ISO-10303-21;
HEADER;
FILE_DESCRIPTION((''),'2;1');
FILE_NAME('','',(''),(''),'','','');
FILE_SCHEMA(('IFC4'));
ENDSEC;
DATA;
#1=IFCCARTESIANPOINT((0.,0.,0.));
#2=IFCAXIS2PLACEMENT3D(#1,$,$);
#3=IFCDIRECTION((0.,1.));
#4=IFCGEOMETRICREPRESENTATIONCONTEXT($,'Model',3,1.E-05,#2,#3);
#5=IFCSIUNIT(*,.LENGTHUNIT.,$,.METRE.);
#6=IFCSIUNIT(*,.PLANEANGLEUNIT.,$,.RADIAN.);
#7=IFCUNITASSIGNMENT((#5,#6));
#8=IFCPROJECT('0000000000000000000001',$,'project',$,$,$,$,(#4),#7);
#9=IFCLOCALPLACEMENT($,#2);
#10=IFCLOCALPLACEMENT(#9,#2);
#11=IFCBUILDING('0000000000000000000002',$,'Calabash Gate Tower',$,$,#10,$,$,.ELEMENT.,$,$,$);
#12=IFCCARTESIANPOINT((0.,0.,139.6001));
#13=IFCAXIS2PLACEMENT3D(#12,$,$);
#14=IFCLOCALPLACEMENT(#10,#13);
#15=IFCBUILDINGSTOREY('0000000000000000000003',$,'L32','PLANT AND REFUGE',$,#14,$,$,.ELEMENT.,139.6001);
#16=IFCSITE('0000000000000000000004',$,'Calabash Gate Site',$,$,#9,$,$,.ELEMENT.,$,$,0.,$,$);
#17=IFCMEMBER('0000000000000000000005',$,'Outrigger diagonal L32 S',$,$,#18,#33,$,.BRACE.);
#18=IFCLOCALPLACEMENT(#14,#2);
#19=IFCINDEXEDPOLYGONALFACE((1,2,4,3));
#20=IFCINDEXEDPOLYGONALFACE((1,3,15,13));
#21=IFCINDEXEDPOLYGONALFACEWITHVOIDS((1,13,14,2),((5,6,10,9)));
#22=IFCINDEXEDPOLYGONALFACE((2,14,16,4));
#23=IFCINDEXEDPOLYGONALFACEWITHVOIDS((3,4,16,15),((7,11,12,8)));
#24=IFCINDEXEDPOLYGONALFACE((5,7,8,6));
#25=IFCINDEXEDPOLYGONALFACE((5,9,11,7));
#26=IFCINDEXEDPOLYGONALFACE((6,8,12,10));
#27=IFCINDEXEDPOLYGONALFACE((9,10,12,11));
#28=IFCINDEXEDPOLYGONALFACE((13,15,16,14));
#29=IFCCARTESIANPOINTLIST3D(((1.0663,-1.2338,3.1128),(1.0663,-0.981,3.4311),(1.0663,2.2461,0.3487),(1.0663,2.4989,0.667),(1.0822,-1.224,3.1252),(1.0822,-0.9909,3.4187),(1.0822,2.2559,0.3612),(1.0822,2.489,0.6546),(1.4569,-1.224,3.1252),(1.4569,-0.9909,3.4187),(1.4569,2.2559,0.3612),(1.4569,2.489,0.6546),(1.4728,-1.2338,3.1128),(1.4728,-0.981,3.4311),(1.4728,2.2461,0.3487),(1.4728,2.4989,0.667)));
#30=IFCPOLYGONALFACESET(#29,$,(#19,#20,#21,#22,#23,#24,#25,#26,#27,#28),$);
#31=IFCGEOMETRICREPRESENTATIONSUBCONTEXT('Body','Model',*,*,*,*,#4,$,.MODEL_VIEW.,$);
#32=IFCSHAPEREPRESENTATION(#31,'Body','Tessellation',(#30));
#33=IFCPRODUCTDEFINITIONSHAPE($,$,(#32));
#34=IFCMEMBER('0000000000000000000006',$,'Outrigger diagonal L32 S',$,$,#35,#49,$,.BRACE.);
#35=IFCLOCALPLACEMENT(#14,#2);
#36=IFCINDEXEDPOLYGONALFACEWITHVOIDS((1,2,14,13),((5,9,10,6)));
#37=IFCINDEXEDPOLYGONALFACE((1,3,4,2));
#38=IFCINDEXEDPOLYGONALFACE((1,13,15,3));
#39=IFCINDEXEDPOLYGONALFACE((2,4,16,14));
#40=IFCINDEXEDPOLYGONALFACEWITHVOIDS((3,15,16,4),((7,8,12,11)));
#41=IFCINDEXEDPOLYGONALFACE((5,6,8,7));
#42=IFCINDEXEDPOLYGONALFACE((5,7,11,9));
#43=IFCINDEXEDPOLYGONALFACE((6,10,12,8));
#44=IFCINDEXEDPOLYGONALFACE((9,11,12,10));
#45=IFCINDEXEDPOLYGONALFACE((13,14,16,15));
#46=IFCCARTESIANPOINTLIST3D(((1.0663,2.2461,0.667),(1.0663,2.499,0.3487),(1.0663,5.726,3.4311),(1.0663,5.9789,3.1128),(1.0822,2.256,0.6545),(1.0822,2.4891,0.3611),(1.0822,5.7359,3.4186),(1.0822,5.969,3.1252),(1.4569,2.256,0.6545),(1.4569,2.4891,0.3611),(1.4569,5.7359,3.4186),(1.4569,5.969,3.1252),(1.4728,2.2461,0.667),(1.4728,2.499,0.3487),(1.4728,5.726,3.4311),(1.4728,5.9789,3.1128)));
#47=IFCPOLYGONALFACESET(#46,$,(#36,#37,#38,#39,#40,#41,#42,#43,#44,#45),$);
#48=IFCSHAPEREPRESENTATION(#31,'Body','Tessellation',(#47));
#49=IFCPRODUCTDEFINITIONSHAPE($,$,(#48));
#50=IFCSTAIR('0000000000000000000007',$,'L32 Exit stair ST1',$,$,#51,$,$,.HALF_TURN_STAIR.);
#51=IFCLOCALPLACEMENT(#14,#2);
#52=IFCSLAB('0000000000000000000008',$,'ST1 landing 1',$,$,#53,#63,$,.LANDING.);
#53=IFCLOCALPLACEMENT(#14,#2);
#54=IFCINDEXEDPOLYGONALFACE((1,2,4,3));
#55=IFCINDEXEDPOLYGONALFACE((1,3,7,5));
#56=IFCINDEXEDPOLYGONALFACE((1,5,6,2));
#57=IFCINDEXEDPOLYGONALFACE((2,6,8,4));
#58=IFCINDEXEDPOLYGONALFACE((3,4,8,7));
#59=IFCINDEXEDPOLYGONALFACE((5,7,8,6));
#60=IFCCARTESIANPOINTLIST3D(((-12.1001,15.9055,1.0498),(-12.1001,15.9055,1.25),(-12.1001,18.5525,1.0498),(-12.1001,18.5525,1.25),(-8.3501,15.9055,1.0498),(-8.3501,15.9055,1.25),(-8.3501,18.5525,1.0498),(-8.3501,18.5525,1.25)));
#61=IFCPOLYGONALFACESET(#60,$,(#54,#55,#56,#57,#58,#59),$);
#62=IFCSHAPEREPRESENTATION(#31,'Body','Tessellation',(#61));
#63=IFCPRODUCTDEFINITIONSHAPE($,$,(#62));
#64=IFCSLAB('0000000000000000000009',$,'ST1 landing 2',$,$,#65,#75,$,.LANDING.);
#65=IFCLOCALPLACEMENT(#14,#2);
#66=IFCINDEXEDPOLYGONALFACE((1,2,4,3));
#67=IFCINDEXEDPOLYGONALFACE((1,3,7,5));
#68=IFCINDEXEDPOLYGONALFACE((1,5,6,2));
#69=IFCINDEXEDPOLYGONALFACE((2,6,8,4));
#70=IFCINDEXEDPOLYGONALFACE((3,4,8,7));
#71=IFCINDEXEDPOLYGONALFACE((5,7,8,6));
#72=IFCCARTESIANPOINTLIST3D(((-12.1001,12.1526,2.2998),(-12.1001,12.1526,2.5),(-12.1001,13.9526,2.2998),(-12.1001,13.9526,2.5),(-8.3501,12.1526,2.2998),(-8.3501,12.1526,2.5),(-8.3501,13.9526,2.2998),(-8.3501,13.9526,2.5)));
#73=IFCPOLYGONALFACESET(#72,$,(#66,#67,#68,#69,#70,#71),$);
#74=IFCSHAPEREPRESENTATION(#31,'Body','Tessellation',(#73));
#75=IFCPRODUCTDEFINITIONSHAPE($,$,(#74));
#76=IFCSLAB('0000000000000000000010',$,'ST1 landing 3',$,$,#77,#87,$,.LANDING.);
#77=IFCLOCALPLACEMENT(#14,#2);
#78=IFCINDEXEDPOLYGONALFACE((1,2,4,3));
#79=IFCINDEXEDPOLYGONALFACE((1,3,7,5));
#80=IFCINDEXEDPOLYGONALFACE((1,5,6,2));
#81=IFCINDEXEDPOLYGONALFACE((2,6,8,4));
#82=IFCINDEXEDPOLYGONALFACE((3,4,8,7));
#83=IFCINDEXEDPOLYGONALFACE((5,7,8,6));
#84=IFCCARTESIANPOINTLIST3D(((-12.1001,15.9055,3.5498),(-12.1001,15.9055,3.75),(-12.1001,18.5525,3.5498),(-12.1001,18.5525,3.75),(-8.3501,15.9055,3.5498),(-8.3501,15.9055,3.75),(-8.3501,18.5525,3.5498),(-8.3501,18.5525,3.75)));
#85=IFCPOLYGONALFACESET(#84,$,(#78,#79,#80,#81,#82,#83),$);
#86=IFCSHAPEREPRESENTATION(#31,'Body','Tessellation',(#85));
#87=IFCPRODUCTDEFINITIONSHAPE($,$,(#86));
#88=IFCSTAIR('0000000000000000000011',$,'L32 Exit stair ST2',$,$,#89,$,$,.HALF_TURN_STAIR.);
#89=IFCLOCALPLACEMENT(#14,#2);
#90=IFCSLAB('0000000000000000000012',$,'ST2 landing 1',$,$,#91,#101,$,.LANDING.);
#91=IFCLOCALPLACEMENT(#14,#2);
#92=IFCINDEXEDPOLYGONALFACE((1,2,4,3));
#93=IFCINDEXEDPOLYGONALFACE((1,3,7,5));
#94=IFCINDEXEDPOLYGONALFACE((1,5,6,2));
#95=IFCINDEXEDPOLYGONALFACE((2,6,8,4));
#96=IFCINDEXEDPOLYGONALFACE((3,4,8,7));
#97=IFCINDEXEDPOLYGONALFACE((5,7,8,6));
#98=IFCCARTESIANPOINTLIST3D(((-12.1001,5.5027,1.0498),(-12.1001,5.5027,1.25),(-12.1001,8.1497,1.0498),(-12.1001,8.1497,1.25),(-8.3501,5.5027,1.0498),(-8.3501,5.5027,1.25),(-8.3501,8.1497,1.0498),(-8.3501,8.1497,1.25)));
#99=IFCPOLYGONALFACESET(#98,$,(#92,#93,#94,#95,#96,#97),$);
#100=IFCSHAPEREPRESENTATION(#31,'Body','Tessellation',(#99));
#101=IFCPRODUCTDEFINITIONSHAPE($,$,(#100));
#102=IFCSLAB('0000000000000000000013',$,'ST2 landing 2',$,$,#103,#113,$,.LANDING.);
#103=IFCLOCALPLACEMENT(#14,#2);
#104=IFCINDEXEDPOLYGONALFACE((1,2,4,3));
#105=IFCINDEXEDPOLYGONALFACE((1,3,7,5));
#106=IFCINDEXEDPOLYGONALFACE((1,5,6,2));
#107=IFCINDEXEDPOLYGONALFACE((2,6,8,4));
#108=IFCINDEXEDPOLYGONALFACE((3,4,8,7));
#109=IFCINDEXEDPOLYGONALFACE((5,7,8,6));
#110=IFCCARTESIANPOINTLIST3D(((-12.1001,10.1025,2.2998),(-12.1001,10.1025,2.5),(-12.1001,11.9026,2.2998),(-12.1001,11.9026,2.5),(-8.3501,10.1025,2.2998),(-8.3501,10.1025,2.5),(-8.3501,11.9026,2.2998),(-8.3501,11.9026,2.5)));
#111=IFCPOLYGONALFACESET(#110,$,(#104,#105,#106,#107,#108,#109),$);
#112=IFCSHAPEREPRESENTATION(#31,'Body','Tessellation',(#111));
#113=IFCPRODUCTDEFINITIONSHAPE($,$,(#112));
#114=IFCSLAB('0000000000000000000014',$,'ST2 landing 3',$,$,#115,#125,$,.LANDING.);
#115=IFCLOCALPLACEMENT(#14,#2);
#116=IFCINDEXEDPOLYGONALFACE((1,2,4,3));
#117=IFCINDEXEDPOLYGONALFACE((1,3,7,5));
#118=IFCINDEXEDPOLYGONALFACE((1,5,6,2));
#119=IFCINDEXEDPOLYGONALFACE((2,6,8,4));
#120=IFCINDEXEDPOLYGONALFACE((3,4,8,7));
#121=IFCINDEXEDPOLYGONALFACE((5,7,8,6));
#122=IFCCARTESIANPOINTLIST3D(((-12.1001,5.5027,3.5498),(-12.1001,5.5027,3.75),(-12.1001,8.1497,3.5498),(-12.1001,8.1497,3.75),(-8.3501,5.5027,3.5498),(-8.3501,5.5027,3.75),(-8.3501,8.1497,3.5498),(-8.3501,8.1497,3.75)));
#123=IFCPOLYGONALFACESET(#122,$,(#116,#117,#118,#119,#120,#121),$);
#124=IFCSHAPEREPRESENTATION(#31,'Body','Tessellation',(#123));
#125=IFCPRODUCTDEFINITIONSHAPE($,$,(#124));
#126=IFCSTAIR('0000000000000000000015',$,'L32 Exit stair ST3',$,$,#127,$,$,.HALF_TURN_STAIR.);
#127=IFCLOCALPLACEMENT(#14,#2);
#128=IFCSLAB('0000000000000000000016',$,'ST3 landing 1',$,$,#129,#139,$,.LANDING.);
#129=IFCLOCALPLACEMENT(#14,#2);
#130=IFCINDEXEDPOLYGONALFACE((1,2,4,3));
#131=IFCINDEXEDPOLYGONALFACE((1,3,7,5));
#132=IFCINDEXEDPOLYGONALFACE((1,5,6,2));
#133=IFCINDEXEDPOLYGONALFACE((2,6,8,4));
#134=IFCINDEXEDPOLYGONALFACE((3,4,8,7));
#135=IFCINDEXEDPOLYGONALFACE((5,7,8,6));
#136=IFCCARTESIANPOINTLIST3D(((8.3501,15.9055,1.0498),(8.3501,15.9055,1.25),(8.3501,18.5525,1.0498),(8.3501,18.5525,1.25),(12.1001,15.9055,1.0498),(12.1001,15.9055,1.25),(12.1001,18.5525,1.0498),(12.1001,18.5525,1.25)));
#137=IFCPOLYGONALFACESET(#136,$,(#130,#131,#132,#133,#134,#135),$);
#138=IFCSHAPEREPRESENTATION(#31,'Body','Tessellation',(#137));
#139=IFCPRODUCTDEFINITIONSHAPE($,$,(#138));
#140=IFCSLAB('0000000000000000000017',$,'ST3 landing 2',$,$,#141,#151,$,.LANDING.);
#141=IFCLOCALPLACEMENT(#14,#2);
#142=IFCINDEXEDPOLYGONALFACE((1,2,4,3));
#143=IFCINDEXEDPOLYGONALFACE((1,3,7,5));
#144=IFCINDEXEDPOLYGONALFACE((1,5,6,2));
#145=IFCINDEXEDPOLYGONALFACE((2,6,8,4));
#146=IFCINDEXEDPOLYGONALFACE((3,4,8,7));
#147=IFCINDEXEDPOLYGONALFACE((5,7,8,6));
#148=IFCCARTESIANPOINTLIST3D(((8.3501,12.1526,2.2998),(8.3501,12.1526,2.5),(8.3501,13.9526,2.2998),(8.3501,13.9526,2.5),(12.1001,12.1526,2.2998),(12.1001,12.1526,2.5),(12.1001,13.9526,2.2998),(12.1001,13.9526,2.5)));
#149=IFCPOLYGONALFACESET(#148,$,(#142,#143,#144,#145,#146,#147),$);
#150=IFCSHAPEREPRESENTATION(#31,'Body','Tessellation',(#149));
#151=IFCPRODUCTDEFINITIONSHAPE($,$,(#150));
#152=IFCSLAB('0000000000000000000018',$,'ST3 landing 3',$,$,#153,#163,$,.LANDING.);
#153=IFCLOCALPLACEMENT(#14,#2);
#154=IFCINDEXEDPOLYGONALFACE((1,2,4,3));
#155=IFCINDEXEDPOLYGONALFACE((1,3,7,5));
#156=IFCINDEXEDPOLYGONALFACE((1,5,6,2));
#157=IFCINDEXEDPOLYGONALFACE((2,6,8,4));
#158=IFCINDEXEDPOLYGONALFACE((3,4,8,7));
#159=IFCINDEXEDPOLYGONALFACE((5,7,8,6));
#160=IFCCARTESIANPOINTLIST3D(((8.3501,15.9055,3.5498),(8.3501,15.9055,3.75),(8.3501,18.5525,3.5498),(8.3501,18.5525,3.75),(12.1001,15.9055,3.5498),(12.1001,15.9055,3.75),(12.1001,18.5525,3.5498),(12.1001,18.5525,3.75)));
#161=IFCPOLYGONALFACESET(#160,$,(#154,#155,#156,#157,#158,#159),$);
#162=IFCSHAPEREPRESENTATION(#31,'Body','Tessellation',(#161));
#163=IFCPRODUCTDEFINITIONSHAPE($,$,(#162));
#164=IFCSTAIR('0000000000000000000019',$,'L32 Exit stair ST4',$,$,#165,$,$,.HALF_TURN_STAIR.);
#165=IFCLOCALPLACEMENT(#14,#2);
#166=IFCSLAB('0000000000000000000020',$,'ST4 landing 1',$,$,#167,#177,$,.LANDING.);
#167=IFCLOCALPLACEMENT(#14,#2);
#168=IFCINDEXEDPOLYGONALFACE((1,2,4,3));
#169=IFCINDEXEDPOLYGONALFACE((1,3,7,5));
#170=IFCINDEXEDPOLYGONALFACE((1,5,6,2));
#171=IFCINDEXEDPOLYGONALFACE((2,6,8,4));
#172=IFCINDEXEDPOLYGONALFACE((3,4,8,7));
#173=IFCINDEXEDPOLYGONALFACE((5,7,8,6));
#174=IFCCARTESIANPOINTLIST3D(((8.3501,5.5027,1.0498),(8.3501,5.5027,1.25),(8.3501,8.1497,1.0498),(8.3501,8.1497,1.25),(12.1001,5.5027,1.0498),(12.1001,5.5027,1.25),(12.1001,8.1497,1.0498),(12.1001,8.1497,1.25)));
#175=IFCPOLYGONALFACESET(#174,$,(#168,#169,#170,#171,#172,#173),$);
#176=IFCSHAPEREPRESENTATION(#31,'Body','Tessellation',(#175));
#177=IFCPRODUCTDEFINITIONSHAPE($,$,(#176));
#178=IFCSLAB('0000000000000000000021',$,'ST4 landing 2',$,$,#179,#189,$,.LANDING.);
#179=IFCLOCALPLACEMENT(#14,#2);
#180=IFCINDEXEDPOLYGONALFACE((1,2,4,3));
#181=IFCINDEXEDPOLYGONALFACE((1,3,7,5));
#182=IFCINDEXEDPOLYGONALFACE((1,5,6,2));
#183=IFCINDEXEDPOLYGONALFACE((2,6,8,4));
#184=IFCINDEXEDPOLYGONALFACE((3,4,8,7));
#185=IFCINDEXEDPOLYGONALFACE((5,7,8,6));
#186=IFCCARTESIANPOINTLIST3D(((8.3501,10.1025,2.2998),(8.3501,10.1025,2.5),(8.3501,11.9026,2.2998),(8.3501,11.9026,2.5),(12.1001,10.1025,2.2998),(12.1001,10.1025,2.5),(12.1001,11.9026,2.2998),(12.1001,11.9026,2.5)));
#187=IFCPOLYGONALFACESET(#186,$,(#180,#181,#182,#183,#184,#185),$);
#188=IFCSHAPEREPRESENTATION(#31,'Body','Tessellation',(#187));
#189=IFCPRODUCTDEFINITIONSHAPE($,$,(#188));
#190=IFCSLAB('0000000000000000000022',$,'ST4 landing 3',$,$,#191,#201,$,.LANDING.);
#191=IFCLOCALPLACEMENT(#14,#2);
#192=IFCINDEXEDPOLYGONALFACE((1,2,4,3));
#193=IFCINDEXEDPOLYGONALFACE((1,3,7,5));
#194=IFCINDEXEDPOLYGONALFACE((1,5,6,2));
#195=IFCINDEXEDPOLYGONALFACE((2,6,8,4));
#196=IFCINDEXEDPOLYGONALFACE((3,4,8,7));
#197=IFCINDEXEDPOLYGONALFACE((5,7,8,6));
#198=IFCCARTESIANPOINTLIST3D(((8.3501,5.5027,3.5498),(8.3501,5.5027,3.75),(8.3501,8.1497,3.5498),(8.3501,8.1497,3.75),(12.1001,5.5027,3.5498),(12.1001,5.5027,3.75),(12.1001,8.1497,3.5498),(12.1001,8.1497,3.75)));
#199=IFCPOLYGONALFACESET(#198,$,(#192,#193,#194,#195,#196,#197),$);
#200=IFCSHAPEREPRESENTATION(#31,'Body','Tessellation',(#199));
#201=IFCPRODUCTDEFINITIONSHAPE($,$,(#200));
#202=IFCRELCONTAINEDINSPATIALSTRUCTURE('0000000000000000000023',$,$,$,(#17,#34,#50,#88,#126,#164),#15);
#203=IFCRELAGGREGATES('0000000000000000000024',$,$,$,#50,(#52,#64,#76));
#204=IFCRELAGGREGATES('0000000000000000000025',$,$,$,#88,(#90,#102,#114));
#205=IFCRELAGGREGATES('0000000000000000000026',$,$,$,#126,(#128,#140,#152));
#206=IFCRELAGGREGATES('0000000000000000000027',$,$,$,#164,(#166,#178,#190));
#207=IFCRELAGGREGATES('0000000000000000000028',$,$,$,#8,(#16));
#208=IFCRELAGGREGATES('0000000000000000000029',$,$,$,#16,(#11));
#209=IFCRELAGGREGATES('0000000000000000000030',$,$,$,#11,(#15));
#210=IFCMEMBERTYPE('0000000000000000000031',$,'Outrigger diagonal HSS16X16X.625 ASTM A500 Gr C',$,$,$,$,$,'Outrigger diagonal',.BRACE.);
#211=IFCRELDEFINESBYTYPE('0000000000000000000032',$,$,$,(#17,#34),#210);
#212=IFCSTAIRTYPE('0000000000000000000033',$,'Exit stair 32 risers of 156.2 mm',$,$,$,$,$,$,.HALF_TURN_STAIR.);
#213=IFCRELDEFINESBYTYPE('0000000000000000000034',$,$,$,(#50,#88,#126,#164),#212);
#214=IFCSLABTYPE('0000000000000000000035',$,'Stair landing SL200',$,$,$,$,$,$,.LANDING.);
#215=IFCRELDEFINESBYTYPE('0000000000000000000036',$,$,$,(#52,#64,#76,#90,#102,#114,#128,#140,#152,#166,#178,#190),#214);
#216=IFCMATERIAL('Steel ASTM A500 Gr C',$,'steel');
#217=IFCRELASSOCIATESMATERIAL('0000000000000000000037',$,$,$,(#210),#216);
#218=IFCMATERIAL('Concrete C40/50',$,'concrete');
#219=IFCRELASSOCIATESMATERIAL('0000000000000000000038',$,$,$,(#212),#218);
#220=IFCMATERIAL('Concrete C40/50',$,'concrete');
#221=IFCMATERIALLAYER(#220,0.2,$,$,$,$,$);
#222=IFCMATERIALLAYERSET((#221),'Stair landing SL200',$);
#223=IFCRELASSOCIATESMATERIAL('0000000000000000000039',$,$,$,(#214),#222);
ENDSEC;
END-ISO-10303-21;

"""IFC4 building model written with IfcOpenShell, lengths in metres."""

from ifc_helpers import new_model, si_unit, direction, frame, origin, origin_2d, place, context, subcontext, project, spatial, polyline, hollow_rectangle, outline, extrude, material, layer, layer_set, material_profile, profile_set, type_object, element, aggregate, save


model = new_model("IFC4")

# Units and contexts
model_context = context("Model", 3, precision=1e-05, world=origin(), true_north=direction((0.0, 1.0)))
body_context = subcontext(model_context, "Body", "Model", "MODEL_VIEW")
ifc_project = project(units=[si_unit("LENGTHUNIT", "METRE"), si_unit("PLANEANGLEUNIT", "RADIAN")], contexts=[model_context])

# Site, building, storey
site_placement = place(None, origin())
site = spatial("IfcSite", under=ifc_project, at=site_placement, Name="Calabash Gate Site", CompositionType="ELEMENT", RefElevation=0.0)
building_placement = place(site_placement, origin())
building = spatial("IfcBuilding", under=site, at=building_placement, Name="Calabash Gate Tower", CompositionType="ELEMENT")
storey_placement = place(building_placement, frame((0.0, 0.0, 139.6001)))
storey = spatial("IfcBuildingStorey", under=building, at=storey_placement, Name="L32", Description="PLANT AND REFUGE", CompositionType="ELEMENT", Elevation=139.6001)

# Members
ifc_material_1 = material(Name="Steel ASTM A500 Gr C", Category="steel")
ifc_material_profile = material_profile(ifc_material_1, hollow_rectangle(XDim=0.4065, YDim=0.4065, WallThickness=0.0159, at=origin_2d()))
ifc_profile_set = profile_set([ifc_material_profile], Name="Steel ASTM A500 Gr C")
member_type = type_object("IfcMemberType", Name="Outrigger diagonal HSS16X16X.625 ASTM A500 Gr C", ElementType="Outrigger diagonal", PredefinedType="BRACE", material=ifc_profile_set)
for number, where, z_axis, x_axis, name in (
    (1, (1.2695, -1.1074, 3.272), (0.0, 0.78304, -0.621971), (-1.0, 0.0, 0.0), "Outrigger diagonal L32 S"),
    (2, (1.2695, 2.3726, 0.5078), (0.0, 0.78304, 0.621971), (-1.0, 0.0, 0.0), "Outrigger diagonal L32 S"),
):
    element("IfcMember", number, at=place(storey_placement, frame(where, z_axis=z_axis, x_axis=x_axis)), inside=storey, type_object=member_type, Name=name, PredefinedType="BRACE", context=body_context, shape_type="SweptSolid", body=[
        extrude(hollow_rectangle(XDim=0.4065, YDim=0.4065, WallThickness=0.0159, at=origin_2d()), origin(), (0.0, 0.0, 1.0), 4.4441),
    ])

# Stairs, slabs
ifc_material_2 = material(Name="Concrete C40/50", Category="concrete")
stair_type = type_object("IfcStairType", Name="Exit stair 32 risers of 156.2 mm", PredefinedType="HALF_TURN_STAIR", material=ifc_material_2)
stair_1_placement = place(storey_placement, origin())
stair_1 = element("IfcStair", 3, at=stair_1_placement, inside=storey, type_object=stair_type, Name="L32 Exit stair ST1", PredefinedType="HALF_TURN_STAIR")
ifc_material_3 = material(Name="Concrete C40/50", Category="concrete")
ifc_layer_1 = layer(ifc_material_3, 0.2)
ifc_layer_set_1 = layer_set([ifc_layer_1], Name="Stair landing SL200")
slab_type = type_object("IfcSlabType", Name="Stair landing SL200", PredefinedType="LANDING", material=ifc_layer_set_1)
slab_1_placement = place(storey_placement, frame((0.0, 0.0, 1.0498)))
slab_1 = element("IfcSlab", 4, at=slab_1_placement, type_object=slab_type, Name="ST1 landing 1", PredefinedType="LANDING", context=body_context, shape_type="SweptSolid", body=[
    extrude(outline(polyline([(-8.3501, 15.9055), (-8.3501, 18.5525), (-12.1001, 18.5525), (-12.1001, 15.9055), (-8.3501, 15.9055)])), origin(), (0.0, 0.0, 1.0), 0.2002),
])
slab_2_placement = place(storey_placement, frame((0.0, 0.0, 2.2998)))
slab_2 = element("IfcSlab", 5, at=slab_2_placement, type_object=slab_type, Name="ST1 landing 2", PredefinedType="LANDING", context=body_context, shape_type="SweptSolid", body=[
    extrude(outline(polyline([(-8.3501, 12.1526), (-8.3501, 13.9526), (-12.1001, 13.9526), (-12.1001, 12.1526), (-8.3501, 12.1526)])), origin(), (0.0, 0.0, 1.0), 0.2002),
])
slab_3_placement = place(storey_placement, frame((0.0, 0.0, 3.5498)))
slab_3 = element("IfcSlab", 6, at=slab_3_placement, type_object=slab_type, Name="ST1 landing 3", PredefinedType="LANDING", context=body_context, shape_type="SweptSolid", body=[
    extrude(outline(polyline([(-8.3501, 15.9055), (-8.3501, 18.5525), (-12.1001, 18.5525), (-12.1001, 15.9055), (-8.3501, 15.9055)])), origin(), (0.0, 0.0, 1.0), 0.2002),
])
aggregate(stair_1, [slab_1, slab_2, slab_3])
stair_2_placement = place(storey_placement, origin())
stair_2 = element("IfcStair", 7, at=stair_2_placement, inside=storey, type_object=stair_type, Name="L32 Exit stair ST2", PredefinedType="HALF_TURN_STAIR")
slab_4_placement = place(storey_placement, frame((0.0, 0.0, 1.0498)))
slab_4 = element("IfcSlab", 8, at=slab_4_placement, type_object=slab_type, Name="ST2 landing 1", PredefinedType="LANDING", context=body_context, shape_type="SweptSolid", body=[
    extrude(outline(polyline([(-12.1001, 8.1497), (-12.1001, 5.5027), (-8.3501, 5.5027), (-8.3501, 8.1497), (-12.1001, 8.1497)])), origin(), (0.0, 0.0, 1.0), 0.2002),
])
slab_5_placement = place(storey_placement, frame((0.0, 0.0, 2.2998)))
slab_5 = element("IfcSlab", 9, at=slab_5_placement, type_object=slab_type, Name="ST2 landing 2", PredefinedType="LANDING", context=body_context, shape_type="SweptSolid", body=[
    extrude(outline(polyline([(-12.1001, 11.9026), (-12.1001, 10.1025), (-8.3501, 10.1025), (-8.3501, 11.9026), (-12.1001, 11.9026)])), origin(), (0.0, 0.0, 1.0), 0.2002),
])
slab_6_placement = place(storey_placement, frame((0.0, 0.0, 3.5498)))
slab_6 = element("IfcSlab", 10, at=slab_6_placement, type_object=slab_type, Name="ST2 landing 3", PredefinedType="LANDING", context=body_context, shape_type="SweptSolid", body=[
    extrude(outline(polyline([(-12.1001, 8.1497), (-12.1001, 5.5027), (-8.3501, 5.5027), (-8.3501, 8.1497), (-12.1001, 8.1497)])), origin(), (0.0, 0.0, 1.0), 0.2002),
])
aggregate(stair_2, [slab_4, slab_5, slab_6])
stair_3_placement = place(storey_placement, origin())
stair_3 = element("IfcStair", 11, at=stair_3_placement, inside=storey, type_object=stair_type, Name="L32 Exit stair ST3", PredefinedType="HALF_TURN_STAIR")
slab_7_placement = place(storey_placement, frame((0.0, 0.0, 1.0498)))
slab_7 = element("IfcSlab", 12, at=slab_7_placement, type_object=slab_type, Name="ST3 landing 1", PredefinedType="LANDING", context=body_context, shape_type="SweptSolid", body=[
    extrude(outline(polyline([(12.1001, 15.9055), (12.1001, 18.5525), (8.3501, 18.5525), (8.3501, 15.9055), (12.1001, 15.9055)])), origin(), (0.0, 0.0, 1.0), 0.2002),
])
slab_8_placement = place(storey_placement, frame((0.0, 0.0, 2.2998)))
slab_8 = element("IfcSlab", 13, at=slab_8_placement, type_object=slab_type, Name="ST3 landing 2", PredefinedType="LANDING", context=body_context, shape_type="SweptSolid", body=[
    extrude(outline(polyline([(12.1001, 12.1526), (12.1001, 13.9526), (8.3501, 13.9526), (8.3501, 12.1526), (12.1001, 12.1526)])), origin(), (0.0, 0.0, 1.0), 0.2002),
])
slab_9_placement = place(storey_placement, frame((0.0, 0.0, 3.5498)))
slab_9 = element("IfcSlab", 14, at=slab_9_placement, type_object=slab_type, Name="ST3 landing 3", PredefinedType="LANDING", context=body_context, shape_type="SweptSolid", body=[
    extrude(outline(polyline([(12.1001, 15.9055), (12.1001, 18.5525), (8.3501, 18.5525), (8.3501, 15.9055), (12.1001, 15.9055)])), origin(), (0.0, 0.0, 1.0), 0.2002),
])
aggregate(stair_3, [slab_7, slab_8, slab_9])
stair_4_placement = place(storey_placement, origin())
stair_4 = element("IfcStair", 15, at=stair_4_placement, inside=storey, type_object=stair_type, Name="L32 Exit stair ST4", PredefinedType="HALF_TURN_STAIR")
slab_10_placement = place(storey_placement, frame((0.0, 0.0, 1.0498)))
slab_10 = element("IfcSlab", 16, at=slab_10_placement, type_object=slab_type, Name="ST4 landing 1", PredefinedType="LANDING", context=body_context, shape_type="SweptSolid", body=[
    extrude(outline(polyline([(8.3501, 8.1497), (8.3501, 5.5027), (12.1001, 5.5027), (12.1001, 8.1497), (8.3501, 8.1497)])), origin(), (0.0, 0.0, 1.0), 0.2002),
])
slab_11_placement = place(storey_placement, frame((0.0, 0.0, 2.2998)))
slab_11 = element("IfcSlab", 17, at=slab_11_placement, type_object=slab_type, Name="ST4 landing 2", PredefinedType="LANDING", context=body_context, shape_type="SweptSolid", body=[
    extrude(outline(polyline([(8.3501, 11.9026), (8.3501, 10.1025), (12.1001, 10.1025), (12.1001, 11.9026), (8.3501, 11.9026)])), origin(), (0.0, 0.0, 1.0), 0.2002),
])
slab_12_placement = place(storey_placement, frame((0.0, 0.0, 3.5498)))
slab_12 = element("IfcSlab", 18, at=slab_12_placement, type_object=slab_type, Name="ST4 landing 3", PredefinedType="LANDING", context=body_context, shape_type="SweptSolid", body=[
    extrude(outline(polyline([(8.3501, 8.1497), (8.3501, 5.5027), (12.1001, 5.5027), (12.1001, 8.1497), (8.3501, 8.1497)])), origin(), (0.0, 0.0, 1.0), 0.2002),
])
aggregate(stair_4, [slab_10, slab_11, slab_12])

save(model, "model.ifc")
